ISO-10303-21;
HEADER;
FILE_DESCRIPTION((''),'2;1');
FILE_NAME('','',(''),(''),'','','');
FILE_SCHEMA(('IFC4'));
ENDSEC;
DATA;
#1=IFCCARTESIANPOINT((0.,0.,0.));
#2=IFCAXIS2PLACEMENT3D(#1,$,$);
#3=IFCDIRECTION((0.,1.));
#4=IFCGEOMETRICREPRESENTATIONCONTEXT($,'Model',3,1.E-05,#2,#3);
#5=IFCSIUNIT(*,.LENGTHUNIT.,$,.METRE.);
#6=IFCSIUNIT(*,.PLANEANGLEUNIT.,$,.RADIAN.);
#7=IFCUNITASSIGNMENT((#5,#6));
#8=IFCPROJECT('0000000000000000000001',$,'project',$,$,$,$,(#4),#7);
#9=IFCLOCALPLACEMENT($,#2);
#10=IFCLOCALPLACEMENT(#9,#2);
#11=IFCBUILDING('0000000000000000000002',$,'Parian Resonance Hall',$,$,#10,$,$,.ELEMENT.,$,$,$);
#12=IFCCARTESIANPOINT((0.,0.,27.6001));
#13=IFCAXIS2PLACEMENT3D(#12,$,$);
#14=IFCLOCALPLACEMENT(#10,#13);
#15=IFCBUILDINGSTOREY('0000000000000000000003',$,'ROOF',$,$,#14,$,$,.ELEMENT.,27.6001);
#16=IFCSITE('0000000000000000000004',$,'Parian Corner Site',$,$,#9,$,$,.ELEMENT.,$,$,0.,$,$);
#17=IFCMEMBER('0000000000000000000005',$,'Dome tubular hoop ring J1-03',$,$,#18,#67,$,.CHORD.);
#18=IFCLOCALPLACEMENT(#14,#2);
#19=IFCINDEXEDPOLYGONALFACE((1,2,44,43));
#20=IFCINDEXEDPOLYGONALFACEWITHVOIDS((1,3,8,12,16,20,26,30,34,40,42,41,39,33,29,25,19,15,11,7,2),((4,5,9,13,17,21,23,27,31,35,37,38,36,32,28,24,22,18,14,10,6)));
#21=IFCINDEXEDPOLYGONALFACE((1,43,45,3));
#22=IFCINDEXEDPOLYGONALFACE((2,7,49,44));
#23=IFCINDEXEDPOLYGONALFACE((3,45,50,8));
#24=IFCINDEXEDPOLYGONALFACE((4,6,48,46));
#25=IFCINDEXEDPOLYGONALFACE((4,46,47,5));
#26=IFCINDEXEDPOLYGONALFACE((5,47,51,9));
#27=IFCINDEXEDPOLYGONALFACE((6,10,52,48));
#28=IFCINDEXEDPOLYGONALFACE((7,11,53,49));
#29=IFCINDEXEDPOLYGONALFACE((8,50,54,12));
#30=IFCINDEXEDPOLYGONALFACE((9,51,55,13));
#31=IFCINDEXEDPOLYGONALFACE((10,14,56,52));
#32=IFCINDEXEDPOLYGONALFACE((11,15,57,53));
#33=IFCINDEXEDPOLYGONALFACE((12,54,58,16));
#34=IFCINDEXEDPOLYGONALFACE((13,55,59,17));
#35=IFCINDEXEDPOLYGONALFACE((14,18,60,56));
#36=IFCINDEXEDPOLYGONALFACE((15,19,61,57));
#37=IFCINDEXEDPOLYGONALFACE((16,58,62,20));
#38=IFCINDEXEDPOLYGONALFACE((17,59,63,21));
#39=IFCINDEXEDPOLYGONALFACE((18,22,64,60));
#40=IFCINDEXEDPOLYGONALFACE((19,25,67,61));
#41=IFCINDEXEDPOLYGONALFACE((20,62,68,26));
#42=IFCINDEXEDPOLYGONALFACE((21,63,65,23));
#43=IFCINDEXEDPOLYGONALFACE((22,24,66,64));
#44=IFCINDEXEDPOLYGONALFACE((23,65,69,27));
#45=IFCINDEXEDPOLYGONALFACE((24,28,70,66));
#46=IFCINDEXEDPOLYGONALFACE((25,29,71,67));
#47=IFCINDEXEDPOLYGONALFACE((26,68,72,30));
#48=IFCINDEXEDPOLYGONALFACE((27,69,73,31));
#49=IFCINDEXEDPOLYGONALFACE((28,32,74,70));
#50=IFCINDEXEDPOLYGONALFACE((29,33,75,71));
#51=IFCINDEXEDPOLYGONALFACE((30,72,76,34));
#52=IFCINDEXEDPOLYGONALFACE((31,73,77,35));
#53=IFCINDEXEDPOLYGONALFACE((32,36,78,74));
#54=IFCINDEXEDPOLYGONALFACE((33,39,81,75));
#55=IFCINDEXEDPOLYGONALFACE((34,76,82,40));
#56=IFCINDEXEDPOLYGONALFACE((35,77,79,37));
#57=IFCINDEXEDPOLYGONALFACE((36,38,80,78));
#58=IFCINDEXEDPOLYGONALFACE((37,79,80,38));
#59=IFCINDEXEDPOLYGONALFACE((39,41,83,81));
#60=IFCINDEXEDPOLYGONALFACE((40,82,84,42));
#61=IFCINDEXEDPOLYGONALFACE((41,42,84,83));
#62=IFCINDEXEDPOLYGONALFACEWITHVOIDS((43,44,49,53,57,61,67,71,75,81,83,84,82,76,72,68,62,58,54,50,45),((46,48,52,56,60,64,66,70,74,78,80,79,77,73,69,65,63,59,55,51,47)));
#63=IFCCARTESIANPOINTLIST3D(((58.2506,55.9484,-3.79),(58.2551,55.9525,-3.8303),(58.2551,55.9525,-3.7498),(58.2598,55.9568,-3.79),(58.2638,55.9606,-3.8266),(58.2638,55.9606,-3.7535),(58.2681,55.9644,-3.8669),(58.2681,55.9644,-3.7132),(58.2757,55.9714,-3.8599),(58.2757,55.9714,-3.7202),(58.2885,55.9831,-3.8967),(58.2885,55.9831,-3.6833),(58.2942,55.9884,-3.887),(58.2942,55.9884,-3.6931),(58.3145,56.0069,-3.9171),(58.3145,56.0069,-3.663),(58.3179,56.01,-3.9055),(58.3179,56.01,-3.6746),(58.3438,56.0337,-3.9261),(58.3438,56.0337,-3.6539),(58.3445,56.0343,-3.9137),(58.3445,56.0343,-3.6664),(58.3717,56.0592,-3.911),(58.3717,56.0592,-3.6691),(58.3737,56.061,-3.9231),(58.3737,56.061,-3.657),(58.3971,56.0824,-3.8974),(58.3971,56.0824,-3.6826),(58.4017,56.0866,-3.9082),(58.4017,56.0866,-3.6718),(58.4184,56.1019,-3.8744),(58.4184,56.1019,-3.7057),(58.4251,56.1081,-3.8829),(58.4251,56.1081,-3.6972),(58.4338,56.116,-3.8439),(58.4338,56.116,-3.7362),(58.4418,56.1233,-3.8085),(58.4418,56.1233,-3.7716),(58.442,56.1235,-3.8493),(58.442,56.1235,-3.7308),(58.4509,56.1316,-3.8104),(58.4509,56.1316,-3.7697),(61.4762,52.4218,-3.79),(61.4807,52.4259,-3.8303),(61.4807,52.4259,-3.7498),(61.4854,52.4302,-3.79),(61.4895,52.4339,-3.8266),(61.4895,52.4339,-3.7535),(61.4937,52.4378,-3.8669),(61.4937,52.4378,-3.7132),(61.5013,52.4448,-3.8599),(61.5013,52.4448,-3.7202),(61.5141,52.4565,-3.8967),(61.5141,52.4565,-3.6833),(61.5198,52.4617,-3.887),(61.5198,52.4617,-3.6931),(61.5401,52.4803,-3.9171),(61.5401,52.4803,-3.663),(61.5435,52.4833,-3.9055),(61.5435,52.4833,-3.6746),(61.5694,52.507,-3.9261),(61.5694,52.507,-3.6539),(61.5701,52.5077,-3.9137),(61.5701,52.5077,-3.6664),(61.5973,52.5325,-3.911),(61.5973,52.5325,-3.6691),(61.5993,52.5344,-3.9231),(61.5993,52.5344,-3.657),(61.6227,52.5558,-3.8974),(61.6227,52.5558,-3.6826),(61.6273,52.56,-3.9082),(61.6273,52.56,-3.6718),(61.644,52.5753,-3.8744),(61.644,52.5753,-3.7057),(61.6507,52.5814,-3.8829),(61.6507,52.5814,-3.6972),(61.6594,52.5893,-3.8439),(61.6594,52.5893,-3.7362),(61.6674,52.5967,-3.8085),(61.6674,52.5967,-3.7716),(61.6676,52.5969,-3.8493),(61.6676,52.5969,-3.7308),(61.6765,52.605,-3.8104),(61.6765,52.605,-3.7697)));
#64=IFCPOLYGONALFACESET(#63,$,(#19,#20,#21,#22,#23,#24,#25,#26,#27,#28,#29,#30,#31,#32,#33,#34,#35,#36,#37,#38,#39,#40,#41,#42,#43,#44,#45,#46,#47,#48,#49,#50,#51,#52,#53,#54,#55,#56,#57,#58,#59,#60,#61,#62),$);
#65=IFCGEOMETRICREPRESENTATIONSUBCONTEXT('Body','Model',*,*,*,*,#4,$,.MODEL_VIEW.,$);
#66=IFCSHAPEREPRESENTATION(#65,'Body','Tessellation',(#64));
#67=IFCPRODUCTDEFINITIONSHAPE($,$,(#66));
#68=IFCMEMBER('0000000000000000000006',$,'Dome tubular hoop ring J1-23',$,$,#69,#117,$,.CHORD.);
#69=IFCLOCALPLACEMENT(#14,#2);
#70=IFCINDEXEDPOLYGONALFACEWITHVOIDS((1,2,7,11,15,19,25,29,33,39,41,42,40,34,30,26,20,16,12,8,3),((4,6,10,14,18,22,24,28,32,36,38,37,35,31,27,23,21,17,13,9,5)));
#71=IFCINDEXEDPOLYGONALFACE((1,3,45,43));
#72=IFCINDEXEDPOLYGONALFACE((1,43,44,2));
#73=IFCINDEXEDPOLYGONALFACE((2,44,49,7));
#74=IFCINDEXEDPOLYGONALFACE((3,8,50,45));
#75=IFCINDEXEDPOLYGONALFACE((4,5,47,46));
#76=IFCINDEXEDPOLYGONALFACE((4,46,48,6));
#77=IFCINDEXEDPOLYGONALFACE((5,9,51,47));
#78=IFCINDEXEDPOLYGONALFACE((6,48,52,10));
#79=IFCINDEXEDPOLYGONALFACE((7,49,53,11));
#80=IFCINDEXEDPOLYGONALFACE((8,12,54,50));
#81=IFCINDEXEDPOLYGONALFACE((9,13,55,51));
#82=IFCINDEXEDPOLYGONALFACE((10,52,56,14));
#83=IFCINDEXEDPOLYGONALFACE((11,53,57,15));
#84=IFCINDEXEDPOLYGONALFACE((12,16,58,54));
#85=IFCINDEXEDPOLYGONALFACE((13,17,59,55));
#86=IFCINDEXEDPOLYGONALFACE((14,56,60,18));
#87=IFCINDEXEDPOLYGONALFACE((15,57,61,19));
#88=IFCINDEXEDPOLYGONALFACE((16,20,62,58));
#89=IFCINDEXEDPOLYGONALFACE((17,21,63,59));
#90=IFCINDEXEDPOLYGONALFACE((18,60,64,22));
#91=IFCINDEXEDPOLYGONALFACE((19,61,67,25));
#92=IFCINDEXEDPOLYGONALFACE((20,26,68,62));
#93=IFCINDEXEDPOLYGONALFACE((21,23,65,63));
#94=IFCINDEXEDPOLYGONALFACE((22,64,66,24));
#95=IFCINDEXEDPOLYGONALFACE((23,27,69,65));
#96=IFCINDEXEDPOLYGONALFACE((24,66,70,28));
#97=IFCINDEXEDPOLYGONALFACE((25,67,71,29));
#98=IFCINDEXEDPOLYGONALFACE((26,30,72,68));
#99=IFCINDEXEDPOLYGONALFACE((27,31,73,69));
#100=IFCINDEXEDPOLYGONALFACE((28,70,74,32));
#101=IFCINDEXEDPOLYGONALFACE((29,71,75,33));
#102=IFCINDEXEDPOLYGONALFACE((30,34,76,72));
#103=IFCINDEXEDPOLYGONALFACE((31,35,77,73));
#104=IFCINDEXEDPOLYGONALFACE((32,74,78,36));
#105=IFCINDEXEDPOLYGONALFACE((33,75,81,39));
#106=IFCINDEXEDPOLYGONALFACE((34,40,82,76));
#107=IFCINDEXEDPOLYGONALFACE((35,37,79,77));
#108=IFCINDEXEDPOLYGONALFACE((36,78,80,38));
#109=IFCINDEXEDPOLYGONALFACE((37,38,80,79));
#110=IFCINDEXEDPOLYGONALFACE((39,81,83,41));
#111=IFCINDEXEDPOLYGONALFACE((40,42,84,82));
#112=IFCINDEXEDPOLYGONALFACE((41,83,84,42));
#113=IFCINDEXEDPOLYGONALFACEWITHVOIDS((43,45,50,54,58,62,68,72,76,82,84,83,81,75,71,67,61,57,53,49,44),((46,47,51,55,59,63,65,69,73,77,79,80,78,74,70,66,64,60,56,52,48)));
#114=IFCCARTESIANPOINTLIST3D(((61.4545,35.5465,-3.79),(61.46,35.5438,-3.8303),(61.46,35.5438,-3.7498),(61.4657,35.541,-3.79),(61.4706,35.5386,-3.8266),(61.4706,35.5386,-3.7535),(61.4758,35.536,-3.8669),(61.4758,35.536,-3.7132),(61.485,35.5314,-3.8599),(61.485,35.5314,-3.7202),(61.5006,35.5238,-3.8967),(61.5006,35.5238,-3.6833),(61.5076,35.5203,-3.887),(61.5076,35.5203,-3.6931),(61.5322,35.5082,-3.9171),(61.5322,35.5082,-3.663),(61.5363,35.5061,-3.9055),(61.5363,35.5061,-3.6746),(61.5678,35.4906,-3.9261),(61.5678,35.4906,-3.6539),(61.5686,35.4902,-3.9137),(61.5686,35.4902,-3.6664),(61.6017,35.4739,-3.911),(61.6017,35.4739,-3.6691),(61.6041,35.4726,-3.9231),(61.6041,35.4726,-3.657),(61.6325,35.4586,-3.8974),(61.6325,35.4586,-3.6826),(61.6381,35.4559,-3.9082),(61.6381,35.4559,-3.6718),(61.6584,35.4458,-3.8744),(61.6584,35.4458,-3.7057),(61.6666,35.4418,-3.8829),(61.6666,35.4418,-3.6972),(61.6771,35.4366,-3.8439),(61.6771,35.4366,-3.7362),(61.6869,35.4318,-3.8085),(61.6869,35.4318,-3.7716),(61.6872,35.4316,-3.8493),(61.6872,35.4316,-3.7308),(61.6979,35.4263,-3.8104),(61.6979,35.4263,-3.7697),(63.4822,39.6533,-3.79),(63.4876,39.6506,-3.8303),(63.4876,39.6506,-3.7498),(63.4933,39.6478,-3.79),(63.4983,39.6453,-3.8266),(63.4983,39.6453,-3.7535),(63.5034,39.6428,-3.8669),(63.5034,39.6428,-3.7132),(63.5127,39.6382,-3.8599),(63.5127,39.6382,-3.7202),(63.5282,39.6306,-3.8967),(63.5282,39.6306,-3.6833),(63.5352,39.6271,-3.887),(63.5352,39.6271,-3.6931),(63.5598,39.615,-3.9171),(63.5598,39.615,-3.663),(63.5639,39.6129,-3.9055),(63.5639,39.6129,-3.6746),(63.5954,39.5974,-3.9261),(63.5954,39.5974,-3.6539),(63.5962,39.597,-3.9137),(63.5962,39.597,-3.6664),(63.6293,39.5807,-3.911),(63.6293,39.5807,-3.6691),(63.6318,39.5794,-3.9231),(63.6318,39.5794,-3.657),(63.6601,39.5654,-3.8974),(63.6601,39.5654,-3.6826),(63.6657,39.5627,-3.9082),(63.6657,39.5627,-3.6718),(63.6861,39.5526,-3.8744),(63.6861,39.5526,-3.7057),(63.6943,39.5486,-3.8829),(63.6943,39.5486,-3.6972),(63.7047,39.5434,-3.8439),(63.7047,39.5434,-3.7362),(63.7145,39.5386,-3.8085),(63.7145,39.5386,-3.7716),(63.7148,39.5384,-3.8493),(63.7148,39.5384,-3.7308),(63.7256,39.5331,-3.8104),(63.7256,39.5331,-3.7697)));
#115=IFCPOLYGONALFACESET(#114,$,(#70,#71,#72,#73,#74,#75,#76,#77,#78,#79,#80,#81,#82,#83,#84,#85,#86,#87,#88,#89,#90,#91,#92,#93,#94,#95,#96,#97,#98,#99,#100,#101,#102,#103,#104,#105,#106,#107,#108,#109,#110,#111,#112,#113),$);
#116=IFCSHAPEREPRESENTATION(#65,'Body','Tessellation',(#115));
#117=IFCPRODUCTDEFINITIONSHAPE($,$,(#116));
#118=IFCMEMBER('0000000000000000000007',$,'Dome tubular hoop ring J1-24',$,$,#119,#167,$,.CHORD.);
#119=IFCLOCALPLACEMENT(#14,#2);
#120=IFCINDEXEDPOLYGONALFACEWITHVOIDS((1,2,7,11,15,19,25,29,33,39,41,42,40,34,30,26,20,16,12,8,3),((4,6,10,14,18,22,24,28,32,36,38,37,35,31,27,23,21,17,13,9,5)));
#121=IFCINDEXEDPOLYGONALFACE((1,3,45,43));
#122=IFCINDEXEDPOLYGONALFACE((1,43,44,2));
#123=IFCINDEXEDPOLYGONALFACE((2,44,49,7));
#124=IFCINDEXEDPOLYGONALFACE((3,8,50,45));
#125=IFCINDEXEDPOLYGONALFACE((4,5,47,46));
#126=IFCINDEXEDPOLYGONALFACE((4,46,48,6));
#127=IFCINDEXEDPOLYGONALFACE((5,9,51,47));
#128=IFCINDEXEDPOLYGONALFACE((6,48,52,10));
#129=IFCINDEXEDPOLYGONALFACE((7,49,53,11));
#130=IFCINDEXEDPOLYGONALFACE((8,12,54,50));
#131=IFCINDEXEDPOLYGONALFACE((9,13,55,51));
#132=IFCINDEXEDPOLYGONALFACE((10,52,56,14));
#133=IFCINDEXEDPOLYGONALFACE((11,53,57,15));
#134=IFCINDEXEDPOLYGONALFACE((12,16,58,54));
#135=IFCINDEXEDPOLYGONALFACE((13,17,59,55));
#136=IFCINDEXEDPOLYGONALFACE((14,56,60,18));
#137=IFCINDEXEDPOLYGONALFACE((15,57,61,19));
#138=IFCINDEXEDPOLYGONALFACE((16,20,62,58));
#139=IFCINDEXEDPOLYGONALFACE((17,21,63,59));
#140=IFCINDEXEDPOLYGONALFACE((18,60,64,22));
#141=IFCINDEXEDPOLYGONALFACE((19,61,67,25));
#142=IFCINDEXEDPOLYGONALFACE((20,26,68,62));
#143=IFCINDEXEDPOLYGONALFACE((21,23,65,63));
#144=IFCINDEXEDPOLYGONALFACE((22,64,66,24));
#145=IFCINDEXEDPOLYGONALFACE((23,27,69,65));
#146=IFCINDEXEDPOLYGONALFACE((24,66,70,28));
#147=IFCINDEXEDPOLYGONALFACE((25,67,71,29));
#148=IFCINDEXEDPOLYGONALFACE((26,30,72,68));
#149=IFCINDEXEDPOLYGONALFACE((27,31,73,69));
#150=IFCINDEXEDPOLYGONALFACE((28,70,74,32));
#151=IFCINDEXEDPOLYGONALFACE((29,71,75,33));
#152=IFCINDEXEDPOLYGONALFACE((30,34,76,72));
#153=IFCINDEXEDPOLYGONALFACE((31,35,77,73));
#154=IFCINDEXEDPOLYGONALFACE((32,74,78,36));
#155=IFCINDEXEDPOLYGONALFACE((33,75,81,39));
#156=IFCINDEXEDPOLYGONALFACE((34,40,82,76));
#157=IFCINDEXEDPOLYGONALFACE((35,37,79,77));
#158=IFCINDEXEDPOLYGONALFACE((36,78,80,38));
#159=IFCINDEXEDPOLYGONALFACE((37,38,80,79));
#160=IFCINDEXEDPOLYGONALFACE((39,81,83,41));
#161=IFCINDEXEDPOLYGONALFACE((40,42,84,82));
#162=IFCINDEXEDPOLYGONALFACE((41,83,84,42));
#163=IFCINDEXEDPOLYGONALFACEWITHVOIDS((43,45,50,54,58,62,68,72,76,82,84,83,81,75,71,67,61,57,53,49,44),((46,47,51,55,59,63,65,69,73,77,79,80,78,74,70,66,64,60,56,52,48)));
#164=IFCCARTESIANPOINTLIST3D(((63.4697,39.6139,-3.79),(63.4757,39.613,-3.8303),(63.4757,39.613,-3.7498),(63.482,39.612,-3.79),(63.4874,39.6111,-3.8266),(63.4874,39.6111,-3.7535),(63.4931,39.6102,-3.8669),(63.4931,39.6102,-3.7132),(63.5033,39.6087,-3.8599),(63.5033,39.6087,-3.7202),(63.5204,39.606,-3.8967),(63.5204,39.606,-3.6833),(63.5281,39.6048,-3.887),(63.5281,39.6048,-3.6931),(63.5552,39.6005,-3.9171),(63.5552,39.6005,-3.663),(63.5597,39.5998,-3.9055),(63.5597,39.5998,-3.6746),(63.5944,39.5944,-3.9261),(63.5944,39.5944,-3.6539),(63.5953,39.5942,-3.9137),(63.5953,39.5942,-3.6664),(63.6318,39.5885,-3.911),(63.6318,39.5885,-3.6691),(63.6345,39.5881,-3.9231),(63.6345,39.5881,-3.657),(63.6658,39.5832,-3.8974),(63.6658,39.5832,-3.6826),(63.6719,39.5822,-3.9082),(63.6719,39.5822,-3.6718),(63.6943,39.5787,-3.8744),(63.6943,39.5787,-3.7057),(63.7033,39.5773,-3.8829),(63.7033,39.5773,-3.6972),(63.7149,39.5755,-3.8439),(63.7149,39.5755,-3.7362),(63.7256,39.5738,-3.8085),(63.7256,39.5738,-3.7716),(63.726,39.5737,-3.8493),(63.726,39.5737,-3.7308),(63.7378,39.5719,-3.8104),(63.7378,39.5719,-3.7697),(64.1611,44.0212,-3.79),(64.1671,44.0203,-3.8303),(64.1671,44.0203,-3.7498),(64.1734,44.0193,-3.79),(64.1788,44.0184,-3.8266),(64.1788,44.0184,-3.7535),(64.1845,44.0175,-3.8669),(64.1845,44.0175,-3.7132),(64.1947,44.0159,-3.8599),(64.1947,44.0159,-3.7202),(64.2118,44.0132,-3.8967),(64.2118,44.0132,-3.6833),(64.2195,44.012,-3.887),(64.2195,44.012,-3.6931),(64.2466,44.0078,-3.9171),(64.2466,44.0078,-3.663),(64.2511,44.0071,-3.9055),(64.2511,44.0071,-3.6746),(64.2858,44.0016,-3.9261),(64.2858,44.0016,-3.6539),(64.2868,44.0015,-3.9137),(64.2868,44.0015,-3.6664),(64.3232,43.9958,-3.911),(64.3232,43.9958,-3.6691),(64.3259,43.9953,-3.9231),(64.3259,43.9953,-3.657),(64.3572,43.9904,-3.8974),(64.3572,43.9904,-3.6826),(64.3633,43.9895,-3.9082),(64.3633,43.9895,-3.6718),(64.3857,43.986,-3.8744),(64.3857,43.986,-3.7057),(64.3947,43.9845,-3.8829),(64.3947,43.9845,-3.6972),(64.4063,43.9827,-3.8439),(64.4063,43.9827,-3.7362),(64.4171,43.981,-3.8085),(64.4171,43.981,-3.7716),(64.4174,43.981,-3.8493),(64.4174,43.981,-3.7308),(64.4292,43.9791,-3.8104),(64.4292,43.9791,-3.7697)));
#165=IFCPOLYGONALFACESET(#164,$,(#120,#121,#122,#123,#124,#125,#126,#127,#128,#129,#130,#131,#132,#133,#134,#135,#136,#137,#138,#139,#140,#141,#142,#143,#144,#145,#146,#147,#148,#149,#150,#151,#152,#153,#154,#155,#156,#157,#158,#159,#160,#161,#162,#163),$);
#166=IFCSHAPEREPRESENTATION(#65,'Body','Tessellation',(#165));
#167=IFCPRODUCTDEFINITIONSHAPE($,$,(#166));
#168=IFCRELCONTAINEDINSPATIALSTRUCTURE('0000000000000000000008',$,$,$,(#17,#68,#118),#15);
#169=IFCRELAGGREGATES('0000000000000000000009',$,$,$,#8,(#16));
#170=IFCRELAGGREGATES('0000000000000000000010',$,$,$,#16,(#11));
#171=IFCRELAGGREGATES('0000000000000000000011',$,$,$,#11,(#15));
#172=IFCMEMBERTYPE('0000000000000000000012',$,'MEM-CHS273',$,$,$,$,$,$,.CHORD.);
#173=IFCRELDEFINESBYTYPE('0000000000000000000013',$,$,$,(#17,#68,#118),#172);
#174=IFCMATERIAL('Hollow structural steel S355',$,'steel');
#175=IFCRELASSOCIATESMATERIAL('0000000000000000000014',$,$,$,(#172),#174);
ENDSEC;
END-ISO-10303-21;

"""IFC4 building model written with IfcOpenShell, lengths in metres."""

from ifc_helpers import new_model, si_unit, direction, frame, origin, origin_2d, place, context, subcontext, project, spatial, hollow_circle, extrude, material, material_profile, profile_set, type_object, element, save


model = new_model("IFC4")

# Units and contexts
model_context = context("Model", 3, precision=1e-05, world=origin(), true_north=direction((0.0, 1.0)))
body_context = subcontext(model_context, "Body", "Model", "MODEL_VIEW")
ifc_project = project(units=[si_unit("LENGTHUNIT", "METRE"), si_unit("PLANEANGLEUNIT", "RADIAN")], contexts=[model_context])

# Site, building, storey
site_placement = place(None, origin())
site = spatial("IfcSite", under=ifc_project, at=site_placement, Name="Parian Corner Site", CompositionType="ELEMENT", RefElevation=0.0)
building_placement = place(site_placement, origin())
building = spatial("IfcBuilding", under=site, at=building_placement, Name="Parian Resonance Hall", CompositionType="ELEMENT")
storey_placement = place(building_placement, frame((0.0, 0.0, 27.6001)))
storey = spatial("IfcBuildingStorey", under=building, at=storey_placement, Name="ROOF", CompositionType="ELEMENT", Elevation=27.6001)

# Members
ifc_material_1 = material(Name="Hollow structural steel S355", Category="steel")
ifc_material_profile_1 = material_profile(ifc_material_1, hollow_circle(Radius=0.1365, WallThickness=0.0125, at=origin_2d()), Name="CHS273x12.5")
ifc_profile_set_1 = profile_set([ifc_material_profile_1], Name="Hollow structural steel S355")
member_type_1 = type_object("IfcMemberType", Name="MEM-CHS273", PredefinedType="CHORD", material=ifc_profile_set_1)
member_1_placement = place(storey_placement, frame((61.5769, 52.5139, -3.79), z_axis=(-0.674912, 0.737898, 0.0), x_axis=(-0.737898, -0.674912, 0.0)))
element("IfcMember", 1, at=member_1_placement, inside=storey, type_object=member_type_1, Name="Dome tubular hoop ring J1-03", PredefinedType="CHORD", context=body_context, shape_type="SweptSolid", body=[
    extrude(hollow_circle(Radius=0.1365, WallThickness=0.0125, at=origin_2d()), origin(), (0.0, 0.0, 1.0), 4.7793),
])
member_2_placement = place(storey_placement, frame((61.5769, 35.4861, -3.79), z_axis=(0.442709, 0.896665, 0.0), x_axis=(-0.896665, 0.442709, 0.0)))
element("IfcMember", 2, at=member_2_placement, inside=storey, type_object=member_type_1, Name="Dome tubular hoop ring J1-23", PredefinedType="CHORD", context=body_context, shape_type="SweptSolid", body=[
    extrude(hollow_circle(Radius=0.1365, WallThickness=0.0125, at=origin_2d()), origin(), (0.0, 0.0, 1.0), 4.5801),
])
member_3_placement = place(storey_placement, frame((63.6045, 39.5928, -3.79), z_axis=(0.154985, 0.987917, 0.0), x_axis=(-0.987917, 0.154985, 0.0)))
element("IfcMember", 3, at=member_3_placement, inside=storey, type_object=member_type_1, Name="Dome tubular hoop ring J1-24", PredefinedType="CHORD", context=body_context, shape_type="SweptSolid", body=[
    extrude(hollow_circle(Radius=0.1365, WallThickness=0.0125, at=origin_2d()), origin(), (0.0, 0.0, 1.0), 4.4612),
])

save(model, "model.ifc")
